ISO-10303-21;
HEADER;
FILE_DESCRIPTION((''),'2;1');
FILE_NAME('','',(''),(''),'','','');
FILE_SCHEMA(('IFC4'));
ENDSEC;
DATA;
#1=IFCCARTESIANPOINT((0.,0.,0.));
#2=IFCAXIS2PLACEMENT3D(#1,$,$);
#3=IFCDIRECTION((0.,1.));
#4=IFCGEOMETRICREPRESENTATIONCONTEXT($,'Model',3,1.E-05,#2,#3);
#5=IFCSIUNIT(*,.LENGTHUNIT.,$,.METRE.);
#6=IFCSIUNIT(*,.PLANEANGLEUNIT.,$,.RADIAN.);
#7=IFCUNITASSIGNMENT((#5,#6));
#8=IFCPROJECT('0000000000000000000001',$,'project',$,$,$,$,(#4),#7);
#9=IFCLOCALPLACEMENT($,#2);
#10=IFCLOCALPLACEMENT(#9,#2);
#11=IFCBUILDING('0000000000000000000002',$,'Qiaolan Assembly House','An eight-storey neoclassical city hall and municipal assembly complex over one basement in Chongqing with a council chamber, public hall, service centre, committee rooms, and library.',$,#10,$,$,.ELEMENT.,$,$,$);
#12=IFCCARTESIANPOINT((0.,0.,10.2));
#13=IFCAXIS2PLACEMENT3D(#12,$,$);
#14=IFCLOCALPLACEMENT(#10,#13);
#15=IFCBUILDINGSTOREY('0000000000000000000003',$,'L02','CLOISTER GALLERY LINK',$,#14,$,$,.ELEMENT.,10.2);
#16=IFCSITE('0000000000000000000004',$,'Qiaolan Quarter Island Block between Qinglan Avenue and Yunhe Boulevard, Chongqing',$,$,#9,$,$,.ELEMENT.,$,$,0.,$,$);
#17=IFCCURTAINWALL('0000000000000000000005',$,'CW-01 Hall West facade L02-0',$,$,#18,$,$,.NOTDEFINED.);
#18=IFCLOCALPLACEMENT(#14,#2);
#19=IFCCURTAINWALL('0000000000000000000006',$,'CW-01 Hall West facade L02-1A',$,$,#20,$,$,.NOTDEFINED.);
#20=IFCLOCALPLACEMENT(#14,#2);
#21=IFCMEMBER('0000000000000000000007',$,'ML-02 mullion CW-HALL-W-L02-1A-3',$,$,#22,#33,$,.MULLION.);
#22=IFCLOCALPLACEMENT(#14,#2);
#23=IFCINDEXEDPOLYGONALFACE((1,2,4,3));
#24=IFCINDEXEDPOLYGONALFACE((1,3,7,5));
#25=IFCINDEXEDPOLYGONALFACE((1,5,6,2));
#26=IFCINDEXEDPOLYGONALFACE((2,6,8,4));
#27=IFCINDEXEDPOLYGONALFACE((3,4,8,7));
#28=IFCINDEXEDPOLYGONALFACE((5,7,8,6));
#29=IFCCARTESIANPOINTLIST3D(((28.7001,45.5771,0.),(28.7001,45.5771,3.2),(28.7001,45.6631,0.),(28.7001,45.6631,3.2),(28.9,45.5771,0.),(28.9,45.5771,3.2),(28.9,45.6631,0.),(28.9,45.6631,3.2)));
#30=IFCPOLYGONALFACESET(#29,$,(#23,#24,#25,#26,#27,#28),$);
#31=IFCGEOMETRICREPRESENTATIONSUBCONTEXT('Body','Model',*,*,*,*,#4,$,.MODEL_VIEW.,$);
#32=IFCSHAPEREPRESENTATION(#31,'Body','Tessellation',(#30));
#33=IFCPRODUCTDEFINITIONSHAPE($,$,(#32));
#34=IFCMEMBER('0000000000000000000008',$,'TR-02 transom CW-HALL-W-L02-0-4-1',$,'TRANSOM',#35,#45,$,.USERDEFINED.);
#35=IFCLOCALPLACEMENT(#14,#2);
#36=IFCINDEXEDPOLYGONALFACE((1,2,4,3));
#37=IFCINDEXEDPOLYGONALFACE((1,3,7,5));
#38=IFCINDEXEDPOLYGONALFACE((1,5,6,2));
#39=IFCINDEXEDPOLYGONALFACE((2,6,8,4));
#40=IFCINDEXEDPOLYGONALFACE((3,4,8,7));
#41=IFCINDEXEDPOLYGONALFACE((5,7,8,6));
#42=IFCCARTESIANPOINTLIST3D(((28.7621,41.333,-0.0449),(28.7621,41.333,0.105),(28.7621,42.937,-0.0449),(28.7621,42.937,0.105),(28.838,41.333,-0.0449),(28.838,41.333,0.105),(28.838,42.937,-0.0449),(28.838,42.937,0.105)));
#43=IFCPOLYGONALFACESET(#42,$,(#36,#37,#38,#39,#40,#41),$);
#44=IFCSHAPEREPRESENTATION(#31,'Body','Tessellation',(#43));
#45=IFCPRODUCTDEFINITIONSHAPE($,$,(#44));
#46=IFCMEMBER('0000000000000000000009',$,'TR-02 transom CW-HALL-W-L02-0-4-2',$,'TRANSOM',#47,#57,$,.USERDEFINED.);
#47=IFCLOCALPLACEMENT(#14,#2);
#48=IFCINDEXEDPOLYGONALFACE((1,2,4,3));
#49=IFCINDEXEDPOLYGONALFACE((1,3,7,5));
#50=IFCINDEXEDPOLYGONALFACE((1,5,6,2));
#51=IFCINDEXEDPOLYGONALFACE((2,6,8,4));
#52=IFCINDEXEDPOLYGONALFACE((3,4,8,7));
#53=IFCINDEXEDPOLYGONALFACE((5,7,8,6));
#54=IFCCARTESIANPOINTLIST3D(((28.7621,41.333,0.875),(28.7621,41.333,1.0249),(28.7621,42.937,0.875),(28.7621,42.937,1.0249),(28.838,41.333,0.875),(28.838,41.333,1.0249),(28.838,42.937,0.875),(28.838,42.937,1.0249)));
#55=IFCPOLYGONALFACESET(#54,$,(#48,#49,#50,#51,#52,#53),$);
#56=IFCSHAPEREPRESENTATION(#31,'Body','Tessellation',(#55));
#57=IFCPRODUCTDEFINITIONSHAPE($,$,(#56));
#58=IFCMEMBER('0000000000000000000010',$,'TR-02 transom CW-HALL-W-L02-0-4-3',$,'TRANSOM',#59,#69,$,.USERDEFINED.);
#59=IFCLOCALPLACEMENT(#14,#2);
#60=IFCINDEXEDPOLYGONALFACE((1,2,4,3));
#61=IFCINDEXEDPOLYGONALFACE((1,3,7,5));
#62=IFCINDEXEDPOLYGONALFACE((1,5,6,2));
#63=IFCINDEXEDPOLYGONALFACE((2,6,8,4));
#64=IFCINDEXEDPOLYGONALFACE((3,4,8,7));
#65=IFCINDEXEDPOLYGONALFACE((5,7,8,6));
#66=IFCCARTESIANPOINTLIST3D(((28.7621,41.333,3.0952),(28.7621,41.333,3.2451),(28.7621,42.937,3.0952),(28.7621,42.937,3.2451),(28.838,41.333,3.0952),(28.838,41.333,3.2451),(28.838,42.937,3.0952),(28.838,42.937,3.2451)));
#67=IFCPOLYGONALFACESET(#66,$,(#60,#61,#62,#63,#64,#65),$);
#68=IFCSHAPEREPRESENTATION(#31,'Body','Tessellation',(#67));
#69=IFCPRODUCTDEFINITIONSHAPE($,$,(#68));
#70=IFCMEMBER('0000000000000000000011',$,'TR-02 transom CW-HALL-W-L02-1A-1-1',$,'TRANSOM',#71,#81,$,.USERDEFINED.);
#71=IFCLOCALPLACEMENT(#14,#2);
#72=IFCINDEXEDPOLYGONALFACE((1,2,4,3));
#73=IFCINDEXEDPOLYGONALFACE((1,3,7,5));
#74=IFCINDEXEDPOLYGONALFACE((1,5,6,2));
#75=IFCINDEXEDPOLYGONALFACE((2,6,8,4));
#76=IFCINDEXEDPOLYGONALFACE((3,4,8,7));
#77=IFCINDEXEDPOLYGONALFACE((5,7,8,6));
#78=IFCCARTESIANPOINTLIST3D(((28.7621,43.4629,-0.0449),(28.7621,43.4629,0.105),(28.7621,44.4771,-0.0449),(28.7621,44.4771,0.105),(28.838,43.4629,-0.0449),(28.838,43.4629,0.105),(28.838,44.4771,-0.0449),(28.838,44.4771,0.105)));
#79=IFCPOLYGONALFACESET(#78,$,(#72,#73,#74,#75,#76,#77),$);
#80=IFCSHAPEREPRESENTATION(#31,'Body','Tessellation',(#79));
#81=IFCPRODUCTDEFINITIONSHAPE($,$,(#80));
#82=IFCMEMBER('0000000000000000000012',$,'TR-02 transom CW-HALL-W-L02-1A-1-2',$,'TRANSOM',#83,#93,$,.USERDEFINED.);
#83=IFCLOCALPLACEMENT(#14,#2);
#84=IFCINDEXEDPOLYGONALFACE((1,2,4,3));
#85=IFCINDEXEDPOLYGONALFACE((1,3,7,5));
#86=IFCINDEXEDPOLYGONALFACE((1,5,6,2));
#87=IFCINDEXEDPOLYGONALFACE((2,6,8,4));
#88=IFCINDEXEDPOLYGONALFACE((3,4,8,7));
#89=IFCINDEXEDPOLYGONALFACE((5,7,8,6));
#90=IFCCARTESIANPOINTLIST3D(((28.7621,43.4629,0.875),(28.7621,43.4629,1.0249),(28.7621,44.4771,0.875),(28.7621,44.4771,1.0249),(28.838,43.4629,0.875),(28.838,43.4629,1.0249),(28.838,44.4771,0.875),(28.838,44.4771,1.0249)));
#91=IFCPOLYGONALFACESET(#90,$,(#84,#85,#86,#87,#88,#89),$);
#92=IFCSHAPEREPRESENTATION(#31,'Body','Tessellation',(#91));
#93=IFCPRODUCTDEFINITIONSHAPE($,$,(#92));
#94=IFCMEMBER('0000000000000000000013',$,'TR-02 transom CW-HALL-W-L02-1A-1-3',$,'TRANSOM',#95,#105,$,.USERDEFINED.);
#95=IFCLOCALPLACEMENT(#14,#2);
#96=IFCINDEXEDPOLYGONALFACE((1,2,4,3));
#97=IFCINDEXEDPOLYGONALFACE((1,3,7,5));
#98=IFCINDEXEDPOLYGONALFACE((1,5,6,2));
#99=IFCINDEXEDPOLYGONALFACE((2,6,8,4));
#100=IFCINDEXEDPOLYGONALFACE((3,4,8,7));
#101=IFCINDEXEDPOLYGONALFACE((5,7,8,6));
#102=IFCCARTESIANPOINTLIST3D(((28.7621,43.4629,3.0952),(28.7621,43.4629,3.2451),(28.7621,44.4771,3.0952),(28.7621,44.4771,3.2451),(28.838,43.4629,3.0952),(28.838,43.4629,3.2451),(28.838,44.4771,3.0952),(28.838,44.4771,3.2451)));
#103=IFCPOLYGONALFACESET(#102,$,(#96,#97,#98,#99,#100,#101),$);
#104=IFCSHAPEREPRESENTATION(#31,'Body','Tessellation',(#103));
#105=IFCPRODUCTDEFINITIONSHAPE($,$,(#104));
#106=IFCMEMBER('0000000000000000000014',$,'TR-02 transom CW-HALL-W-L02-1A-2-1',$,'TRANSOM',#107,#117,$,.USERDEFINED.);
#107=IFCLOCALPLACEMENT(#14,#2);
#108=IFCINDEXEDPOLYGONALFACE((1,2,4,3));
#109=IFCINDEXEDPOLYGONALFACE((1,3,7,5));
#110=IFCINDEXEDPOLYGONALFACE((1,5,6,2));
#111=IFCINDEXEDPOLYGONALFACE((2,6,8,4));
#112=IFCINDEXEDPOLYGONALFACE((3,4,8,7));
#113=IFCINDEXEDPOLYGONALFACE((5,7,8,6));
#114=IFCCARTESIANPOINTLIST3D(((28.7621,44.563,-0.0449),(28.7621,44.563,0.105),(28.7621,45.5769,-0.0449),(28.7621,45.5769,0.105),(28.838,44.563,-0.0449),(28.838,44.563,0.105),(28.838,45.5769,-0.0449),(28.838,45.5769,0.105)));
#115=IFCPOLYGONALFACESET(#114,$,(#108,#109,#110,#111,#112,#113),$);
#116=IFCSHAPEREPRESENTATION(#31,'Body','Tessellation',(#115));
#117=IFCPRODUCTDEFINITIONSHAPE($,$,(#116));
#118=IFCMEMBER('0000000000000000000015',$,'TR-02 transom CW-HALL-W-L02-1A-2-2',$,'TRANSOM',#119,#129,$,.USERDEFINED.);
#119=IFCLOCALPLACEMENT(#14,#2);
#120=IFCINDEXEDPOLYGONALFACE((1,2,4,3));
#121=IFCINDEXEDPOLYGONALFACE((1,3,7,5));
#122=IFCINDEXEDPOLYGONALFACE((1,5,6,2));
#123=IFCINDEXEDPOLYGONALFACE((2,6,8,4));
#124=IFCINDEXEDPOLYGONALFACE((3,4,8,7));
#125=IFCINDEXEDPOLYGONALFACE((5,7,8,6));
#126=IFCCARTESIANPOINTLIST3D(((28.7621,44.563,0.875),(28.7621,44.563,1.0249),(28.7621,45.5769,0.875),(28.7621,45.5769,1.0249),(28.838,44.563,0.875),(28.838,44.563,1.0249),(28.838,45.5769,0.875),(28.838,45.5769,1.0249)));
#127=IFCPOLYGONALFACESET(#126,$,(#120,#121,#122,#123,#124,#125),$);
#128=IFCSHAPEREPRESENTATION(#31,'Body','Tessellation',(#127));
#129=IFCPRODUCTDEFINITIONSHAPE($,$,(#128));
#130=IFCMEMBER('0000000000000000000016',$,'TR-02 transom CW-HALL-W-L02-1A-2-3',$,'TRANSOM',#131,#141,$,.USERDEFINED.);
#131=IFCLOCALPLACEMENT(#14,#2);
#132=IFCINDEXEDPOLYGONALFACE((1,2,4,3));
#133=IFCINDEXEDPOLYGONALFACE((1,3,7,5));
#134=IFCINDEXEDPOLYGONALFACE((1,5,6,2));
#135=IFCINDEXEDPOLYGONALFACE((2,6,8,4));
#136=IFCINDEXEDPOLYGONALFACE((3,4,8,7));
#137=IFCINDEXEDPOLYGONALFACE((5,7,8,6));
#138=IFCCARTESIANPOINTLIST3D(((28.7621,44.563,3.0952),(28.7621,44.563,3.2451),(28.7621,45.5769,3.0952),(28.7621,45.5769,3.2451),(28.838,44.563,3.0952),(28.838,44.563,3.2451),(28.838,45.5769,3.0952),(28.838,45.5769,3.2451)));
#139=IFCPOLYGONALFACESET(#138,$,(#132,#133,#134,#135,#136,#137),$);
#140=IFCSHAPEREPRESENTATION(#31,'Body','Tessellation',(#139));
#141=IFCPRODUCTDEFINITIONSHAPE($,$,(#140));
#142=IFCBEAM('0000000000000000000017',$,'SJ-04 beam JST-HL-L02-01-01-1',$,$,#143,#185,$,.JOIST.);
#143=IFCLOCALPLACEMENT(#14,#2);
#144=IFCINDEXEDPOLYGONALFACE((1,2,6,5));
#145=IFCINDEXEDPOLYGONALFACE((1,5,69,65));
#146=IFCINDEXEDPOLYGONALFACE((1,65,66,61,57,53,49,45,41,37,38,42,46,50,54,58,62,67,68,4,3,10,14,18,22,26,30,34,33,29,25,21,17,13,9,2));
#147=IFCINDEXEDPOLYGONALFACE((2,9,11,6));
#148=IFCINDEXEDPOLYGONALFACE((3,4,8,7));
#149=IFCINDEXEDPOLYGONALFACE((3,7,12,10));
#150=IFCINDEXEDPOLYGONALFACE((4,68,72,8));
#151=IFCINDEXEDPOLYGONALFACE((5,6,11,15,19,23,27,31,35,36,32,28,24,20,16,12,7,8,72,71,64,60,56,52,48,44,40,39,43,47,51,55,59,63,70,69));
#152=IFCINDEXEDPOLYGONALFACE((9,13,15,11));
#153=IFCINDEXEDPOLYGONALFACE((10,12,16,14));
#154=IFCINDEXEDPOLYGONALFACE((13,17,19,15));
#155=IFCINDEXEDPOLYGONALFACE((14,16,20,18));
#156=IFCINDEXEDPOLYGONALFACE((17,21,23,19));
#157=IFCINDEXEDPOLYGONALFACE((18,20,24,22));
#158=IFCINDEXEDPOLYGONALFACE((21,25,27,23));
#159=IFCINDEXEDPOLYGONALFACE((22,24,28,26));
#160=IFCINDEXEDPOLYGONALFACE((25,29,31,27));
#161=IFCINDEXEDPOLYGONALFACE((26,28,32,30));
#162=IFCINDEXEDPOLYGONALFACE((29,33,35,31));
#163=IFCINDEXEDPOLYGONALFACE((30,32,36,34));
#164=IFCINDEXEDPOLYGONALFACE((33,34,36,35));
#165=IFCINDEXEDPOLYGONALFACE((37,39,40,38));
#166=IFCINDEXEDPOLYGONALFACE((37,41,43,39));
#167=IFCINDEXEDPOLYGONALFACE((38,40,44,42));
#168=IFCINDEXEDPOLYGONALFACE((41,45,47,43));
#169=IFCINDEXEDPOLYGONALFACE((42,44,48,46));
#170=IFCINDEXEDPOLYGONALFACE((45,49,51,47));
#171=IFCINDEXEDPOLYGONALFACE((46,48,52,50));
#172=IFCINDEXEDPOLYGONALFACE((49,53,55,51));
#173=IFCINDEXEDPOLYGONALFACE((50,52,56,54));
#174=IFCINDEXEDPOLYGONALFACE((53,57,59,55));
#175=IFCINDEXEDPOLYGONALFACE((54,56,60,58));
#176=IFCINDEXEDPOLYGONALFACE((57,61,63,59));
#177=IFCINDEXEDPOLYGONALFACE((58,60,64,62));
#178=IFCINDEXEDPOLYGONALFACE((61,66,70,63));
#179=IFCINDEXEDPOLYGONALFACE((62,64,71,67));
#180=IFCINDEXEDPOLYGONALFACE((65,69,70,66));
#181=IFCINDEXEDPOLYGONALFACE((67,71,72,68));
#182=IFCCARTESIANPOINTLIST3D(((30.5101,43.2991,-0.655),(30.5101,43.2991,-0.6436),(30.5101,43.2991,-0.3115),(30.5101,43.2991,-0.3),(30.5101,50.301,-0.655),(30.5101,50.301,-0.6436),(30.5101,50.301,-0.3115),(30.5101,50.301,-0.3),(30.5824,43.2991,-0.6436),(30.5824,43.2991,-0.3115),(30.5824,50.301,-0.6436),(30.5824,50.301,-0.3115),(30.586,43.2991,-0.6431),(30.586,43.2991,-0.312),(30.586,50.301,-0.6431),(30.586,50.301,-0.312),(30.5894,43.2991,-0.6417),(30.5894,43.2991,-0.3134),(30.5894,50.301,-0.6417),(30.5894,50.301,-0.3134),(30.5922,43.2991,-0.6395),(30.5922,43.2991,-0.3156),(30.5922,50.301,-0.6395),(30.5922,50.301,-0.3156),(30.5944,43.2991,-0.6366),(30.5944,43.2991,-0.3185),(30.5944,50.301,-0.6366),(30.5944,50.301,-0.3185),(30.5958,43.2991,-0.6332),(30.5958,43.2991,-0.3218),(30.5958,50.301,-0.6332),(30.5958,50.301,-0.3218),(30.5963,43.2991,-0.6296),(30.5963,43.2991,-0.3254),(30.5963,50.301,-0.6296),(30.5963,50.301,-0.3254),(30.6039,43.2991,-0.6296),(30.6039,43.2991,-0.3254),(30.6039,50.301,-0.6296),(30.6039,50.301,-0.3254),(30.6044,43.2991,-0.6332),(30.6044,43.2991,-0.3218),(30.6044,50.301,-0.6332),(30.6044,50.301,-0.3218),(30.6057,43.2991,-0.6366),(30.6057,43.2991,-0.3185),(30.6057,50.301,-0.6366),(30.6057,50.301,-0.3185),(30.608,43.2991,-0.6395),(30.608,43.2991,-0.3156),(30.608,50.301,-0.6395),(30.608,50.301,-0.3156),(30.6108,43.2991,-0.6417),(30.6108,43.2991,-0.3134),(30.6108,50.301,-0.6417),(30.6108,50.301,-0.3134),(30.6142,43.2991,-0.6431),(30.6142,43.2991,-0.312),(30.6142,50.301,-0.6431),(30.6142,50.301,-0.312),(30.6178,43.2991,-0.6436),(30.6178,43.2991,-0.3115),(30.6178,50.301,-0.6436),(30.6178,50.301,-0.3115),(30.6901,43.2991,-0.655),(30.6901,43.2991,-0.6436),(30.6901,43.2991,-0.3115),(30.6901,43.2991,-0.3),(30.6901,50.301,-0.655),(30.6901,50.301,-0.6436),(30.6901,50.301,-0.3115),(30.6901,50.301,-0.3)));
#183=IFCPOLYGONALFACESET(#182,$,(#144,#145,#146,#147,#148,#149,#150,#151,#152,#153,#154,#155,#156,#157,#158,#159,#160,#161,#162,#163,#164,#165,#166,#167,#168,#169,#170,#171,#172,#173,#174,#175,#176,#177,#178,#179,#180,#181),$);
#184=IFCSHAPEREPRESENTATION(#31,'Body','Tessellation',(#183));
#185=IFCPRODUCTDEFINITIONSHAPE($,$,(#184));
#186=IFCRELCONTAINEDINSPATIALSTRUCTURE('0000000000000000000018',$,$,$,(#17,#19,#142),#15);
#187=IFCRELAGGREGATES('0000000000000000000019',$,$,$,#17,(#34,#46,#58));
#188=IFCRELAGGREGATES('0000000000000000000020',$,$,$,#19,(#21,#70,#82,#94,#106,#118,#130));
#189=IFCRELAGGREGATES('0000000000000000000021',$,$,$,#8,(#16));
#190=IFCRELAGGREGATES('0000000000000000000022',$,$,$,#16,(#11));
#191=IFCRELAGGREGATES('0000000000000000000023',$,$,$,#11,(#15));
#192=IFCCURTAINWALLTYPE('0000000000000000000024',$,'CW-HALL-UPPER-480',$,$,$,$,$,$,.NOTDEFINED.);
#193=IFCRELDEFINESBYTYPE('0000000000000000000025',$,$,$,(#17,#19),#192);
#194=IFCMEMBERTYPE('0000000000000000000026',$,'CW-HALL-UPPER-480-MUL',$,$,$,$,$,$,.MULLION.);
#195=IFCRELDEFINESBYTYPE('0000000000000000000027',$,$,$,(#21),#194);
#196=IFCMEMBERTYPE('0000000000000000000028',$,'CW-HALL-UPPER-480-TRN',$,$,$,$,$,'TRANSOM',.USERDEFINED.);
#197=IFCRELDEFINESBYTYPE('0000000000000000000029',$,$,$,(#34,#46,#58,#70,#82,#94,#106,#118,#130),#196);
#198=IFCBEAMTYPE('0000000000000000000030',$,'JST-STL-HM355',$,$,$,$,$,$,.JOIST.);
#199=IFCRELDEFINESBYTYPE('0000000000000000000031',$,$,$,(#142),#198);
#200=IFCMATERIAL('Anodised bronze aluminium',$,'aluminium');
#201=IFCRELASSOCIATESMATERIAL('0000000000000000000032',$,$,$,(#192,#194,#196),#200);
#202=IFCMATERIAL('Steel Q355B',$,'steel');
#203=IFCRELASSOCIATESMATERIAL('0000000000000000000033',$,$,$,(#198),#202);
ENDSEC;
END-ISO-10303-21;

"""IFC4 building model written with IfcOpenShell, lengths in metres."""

from ifc_helpers import new_model, si_unit, direction, frame, origin, origin_2d, place, context, subcontext, project, spatial, rectangle, i_section, extrude, material, material_profile, profile_set, type_object, element, aggregate, save


model = new_model("IFC4")

# Units and contexts
model_context = context("Model", 3, precision=1e-05, world=origin(), true_north=direction((0.0, 1.0)))
body_context = subcontext(model_context, "Body", "Model", "MODEL_VIEW")
ifc_project = project(units=[si_unit("LENGTHUNIT", "METRE"), si_unit("PLANEANGLEUNIT", "RADIAN")], contexts=[model_context])

# Site, building, storey
site_placement = place(None, origin())
site = spatial("IfcSite", under=ifc_project, at=site_placement, Name="Qiaolan Quarter Island Block between Qinglan Avenue and Yunhe Boulevard, Chongqing", CompositionType="ELEMENT", RefElevation=0.0)
building_placement = place(site_placement, origin())
building = spatial("IfcBuilding", under=site, at=building_placement, Name="Qiaolan Assembly House", Description="An eight-storey neoclassical city hall and municipal assembly complex over one basement in Chongqing with a council chamber, public hall, service centre, committee rooms, and library.", CompositionType="ELEMENT")
storey_placement = place(building_placement, frame((0.0, 0.0, 10.2)))
storey = spatial("IfcBuildingStorey", under=building, at=storey_placement, Name="L02", Description="CLOISTER GALLERY LINK", CompositionType="ELEMENT", Elevation=10.2)

# Shared definitions
ifc_material_1 = material(Name="Steel Q355B", Category="steel")

# Curtain wall
ifc_material_2 = material(Name="Anodised bronze aluminium", Category="aluminium")
curtain_wall_type = type_object("IfcCurtainWallType", Name="CW-HALL-UPPER-480", PredefinedType="NOTDEFINED", material=ifc_material_2)
curtain_wall_1_placement = place(storey_placement, origin())
curtain_wall_1 = element("IfcCurtainWall", 1, at=curtain_wall_1_placement, inside=storey, type_object=curtain_wall_type, Name="CW-01 Hall West facade L02-0", PredefinedType="NOTDEFINED")
ifc_material_profile_1 = material_profile(ifc_material_2, rectangle(XDim=0.0859, YDim=0.2, at=origin_2d()), Name="MUL 86x200")
ifc_profile_set_1 = profile_set([ifc_material_profile_1], Name="Anodised bronze aluminium")
member_type_1 = type_object("IfcMemberType", Name="CW-HALL-UPPER-480-MUL", PredefinedType="MULLION", material=ifc_profile_set_1)

# Curtain wall, member
curtain_wall_2_placement = place(storey_placement, origin())
curtain_wall_2 = element("IfcCurtainWall", 2, at=curtain_wall_2_placement, inside=storey, type_object=curtain_wall_type, Name="CW-01 Hall West facade L02-1A", PredefinedType="NOTDEFINED")
member_1_placement = place(storey_placement, frame((28.8, 45.6201, 0.0), z_axis=(0.0, 0.0, 1.0), x_axis=(0.0, 1.0, 0.0)))
member_1 = element("IfcMember", 3, at=member_1_placement, type_object=member_type_1, Name="ML-02 mullion CW-HALL-W-L02-1A-3", PredefinedType="MULLION", context=body_context, shape_type="SweptSolid", body=[
    extrude(rectangle(XDim=0.0859, YDim=0.2, at=origin_2d()), origin(), (0.0, 0.0, 1.0), 3.2),
])

# Members
ifc_material_profile_2 = material_profile(ifc_material_2, rectangle(XDim=0.0759, YDim=0.1499, at=origin_2d()), Name="TRN 76x150")
ifc_profile_set_2 = profile_set([ifc_material_profile_2], Name="Anodised bronze aluminium")
member_type_2 = type_object("IfcMemberType", Name="CW-HALL-UPPER-480-TRN", ElementType="TRANSOM", PredefinedType="USERDEFINED", material=ifc_profile_set_2)
member_2_placement = place(storey_placement, frame((28.8, 41.333, 0.03), z_axis=(0.0, 1.0, 0.0), x_axis=(-1.0, 0.0, 0.0)))
member_2 = element("IfcMember", 4, at=member_2_placement, type_object=member_type_2, Name="TR-02 transom CW-HALL-W-L02-0-4-1", ObjectType="TRANSOM", PredefinedType="USERDEFINED", context=body_context, shape_type="SweptSolid", body=[
    extrude(rectangle(XDim=0.0759, YDim=0.1499, at=origin_2d()), origin(), (0.0, 0.0, 1.0), 1.604),
])
member_3_placement = place(storey_placement, frame((28.8, 41.333, 0.95), z_axis=(0.0, 1.0, 0.0), x_axis=(-1.0, 0.0, 0.0)))
member_3 = element("IfcMember", 5, at=member_3_placement, type_object=member_type_2, Name="TR-02 transom CW-HALL-W-L02-0-4-2", ObjectType="TRANSOM", PredefinedType="USERDEFINED", context=body_context, shape_type="SweptSolid", body=[
    extrude(rectangle(XDim=0.0759, YDim=0.1499, at=origin_2d()), origin(), (0.0, 0.0, 1.0), 1.604),
])
member_4_placement = place(storey_placement, frame((28.8, 41.333, 3.1702), z_axis=(0.0, 1.0, 0.0), x_axis=(-1.0, 0.0, 0.0)))
member_4 = element("IfcMember", 6, at=member_4_placement, type_object=member_type_2, Name="TR-02 transom CW-HALL-W-L02-0-4-3", ObjectType="TRANSOM", PredefinedType="USERDEFINED", context=body_context, shape_type="SweptSolid", body=[
    extrude(rectangle(XDim=0.0759, YDim=0.1499, at=origin_2d()), origin(), (0.0, 0.0, 1.0), 1.604),
])
aggregate(curtain_wall_1, [member_2, member_3, member_4])
member_5_placement = place(storey_placement, frame((28.8, 43.4629, 0.03), z_axis=(0.0, 1.0, 0.0), x_axis=(-1.0, 0.0, 0.0)))
member_5 = element("IfcMember", 7, at=member_5_placement, type_object=member_type_2, Name="TR-02 transom CW-HALL-W-L02-1A-1-1", ObjectType="TRANSOM", PredefinedType="USERDEFINED", context=body_context, shape_type="SweptSolid", body=[
    extrude(rectangle(XDim=0.0759, YDim=0.1499, at=origin_2d()), origin(), (0.0, 0.0, 1.0), 1.0142),
])
member_6_placement = place(storey_placement, frame((28.8, 43.4629, 0.95), z_axis=(0.0, 1.0, 0.0), x_axis=(-1.0, 0.0, 0.0)))
member_6 = element("IfcMember", 8, at=member_6_placement, type_object=member_type_2, Name="TR-02 transom CW-HALL-W-L02-1A-1-2", ObjectType="TRANSOM", PredefinedType="USERDEFINED", context=body_context, shape_type="SweptSolid", body=[
    extrude(rectangle(XDim=0.0759, YDim=0.1499, at=origin_2d()), origin(), (0.0, 0.0, 1.0), 1.0142),
])
member_7_placement = place(storey_placement, frame((28.8, 43.4629, 3.1702), z_axis=(0.0, 1.0, 0.0), x_axis=(-1.0, 0.0, 0.0)))
member_7 = element("IfcMember", 9, at=member_7_placement, type_object=member_type_2, Name="TR-02 transom CW-HALL-W-L02-1A-1-3", ObjectType="TRANSOM", PredefinedType="USERDEFINED", context=body_context, shape_type="SweptSolid", body=[
    extrude(rectangle(XDim=0.0759, YDim=0.1499, at=origin_2d()), origin(), (0.0, 0.0, 1.0), 1.0142),
])
member_8_placement = place(storey_placement, frame((28.8, 44.563, 0.03), z_axis=(0.0, 1.0, 0.0), x_axis=(-1.0, 0.0, 0.0)))
member_8 = element("IfcMember", 10, at=member_8_placement, type_object=member_type_2, Name="TR-02 transom CW-HALL-W-L02-1A-2-1", ObjectType="TRANSOM", PredefinedType="USERDEFINED", context=body_context, shape_type="SweptSolid", body=[
    extrude(rectangle(XDim=0.0759, YDim=0.1499, at=origin_2d()), origin(), (0.0, 0.0, 1.0), 1.0139),
])
member_9_placement = place(storey_placement, frame((28.8, 44.563, 0.95), z_axis=(0.0, 1.0, 0.0), x_axis=(-1.0, 0.0, 0.0)))
member_9 = element("IfcMember", 11, at=member_9_placement, type_object=member_type_2, Name="TR-02 transom CW-HALL-W-L02-1A-2-2", ObjectType="TRANSOM", PredefinedType="USERDEFINED", context=body_context, shape_type="SweptSolid", body=[
    extrude(rectangle(XDim=0.0759, YDim=0.1499, at=origin_2d()), origin(), (0.0, 0.0, 1.0), 1.0139),
])
member_10_placement = place(storey_placement, frame((28.8, 44.563, 3.1702), z_axis=(0.0, 1.0, 0.0), x_axis=(-1.0, 0.0, 0.0)))
member_10 = element("IfcMember", 12, at=member_10_placement, type_object=member_type_2, Name="TR-02 transom CW-HALL-W-L02-1A-2-3", ObjectType="TRANSOM", PredefinedType="USERDEFINED", context=body_context, shape_type="SweptSolid", body=[
    extrude(rectangle(XDim=0.0759, YDim=0.1499, at=origin_2d()), origin(), (0.0, 0.0, 1.0), 1.0139),
])

# Beam
ifc_material_profile_3 = material_profile(ifc_material_1, i_section(OverallWidth=0.1799, OverallDepth=0.355, WebThickness=0.0076, FlangeThickness=0.0115, FilletRadius=0.0139, at=origin_2d()), Name="HM 355x180x7.5x11.5")
ifc_profile_set_3 = profile_set([ifc_material_profile_3], Name="Steel Q355B")
beam_type_1 = type_object("IfcBeamType", Name="JST-STL-HM355", PredefinedType="JOIST", material=ifc_profile_set_3)
beam_1_placement = place(storey_placement, frame((30.6001, 43.2991, -0.4775), z_axis=(0.0, 1.0, 0.0), x_axis=(-1.0, 0.0, 0.0)))
element("IfcBeam", 13, at=beam_1_placement, inside=storey, type_object=beam_type_1, Name="SJ-04 beam JST-HL-L02-01-01-1", PredefinedType="JOIST", context=body_context, shape_type="SweptSolid", body=[
    extrude(i_section(OverallWidth=0.1799, OverallDepth=0.355, WebThickness=0.0076, FlangeThickness=0.0115, FilletRadius=0.0139, at=origin_2d()), origin(), (0.0, 0.0, 1.0), 7.002),
])

aggregate(curtain_wall_2, [member_1, member_5, member_6, member_7, member_8, member_9, member_10])

save(model, "model.ifc")
